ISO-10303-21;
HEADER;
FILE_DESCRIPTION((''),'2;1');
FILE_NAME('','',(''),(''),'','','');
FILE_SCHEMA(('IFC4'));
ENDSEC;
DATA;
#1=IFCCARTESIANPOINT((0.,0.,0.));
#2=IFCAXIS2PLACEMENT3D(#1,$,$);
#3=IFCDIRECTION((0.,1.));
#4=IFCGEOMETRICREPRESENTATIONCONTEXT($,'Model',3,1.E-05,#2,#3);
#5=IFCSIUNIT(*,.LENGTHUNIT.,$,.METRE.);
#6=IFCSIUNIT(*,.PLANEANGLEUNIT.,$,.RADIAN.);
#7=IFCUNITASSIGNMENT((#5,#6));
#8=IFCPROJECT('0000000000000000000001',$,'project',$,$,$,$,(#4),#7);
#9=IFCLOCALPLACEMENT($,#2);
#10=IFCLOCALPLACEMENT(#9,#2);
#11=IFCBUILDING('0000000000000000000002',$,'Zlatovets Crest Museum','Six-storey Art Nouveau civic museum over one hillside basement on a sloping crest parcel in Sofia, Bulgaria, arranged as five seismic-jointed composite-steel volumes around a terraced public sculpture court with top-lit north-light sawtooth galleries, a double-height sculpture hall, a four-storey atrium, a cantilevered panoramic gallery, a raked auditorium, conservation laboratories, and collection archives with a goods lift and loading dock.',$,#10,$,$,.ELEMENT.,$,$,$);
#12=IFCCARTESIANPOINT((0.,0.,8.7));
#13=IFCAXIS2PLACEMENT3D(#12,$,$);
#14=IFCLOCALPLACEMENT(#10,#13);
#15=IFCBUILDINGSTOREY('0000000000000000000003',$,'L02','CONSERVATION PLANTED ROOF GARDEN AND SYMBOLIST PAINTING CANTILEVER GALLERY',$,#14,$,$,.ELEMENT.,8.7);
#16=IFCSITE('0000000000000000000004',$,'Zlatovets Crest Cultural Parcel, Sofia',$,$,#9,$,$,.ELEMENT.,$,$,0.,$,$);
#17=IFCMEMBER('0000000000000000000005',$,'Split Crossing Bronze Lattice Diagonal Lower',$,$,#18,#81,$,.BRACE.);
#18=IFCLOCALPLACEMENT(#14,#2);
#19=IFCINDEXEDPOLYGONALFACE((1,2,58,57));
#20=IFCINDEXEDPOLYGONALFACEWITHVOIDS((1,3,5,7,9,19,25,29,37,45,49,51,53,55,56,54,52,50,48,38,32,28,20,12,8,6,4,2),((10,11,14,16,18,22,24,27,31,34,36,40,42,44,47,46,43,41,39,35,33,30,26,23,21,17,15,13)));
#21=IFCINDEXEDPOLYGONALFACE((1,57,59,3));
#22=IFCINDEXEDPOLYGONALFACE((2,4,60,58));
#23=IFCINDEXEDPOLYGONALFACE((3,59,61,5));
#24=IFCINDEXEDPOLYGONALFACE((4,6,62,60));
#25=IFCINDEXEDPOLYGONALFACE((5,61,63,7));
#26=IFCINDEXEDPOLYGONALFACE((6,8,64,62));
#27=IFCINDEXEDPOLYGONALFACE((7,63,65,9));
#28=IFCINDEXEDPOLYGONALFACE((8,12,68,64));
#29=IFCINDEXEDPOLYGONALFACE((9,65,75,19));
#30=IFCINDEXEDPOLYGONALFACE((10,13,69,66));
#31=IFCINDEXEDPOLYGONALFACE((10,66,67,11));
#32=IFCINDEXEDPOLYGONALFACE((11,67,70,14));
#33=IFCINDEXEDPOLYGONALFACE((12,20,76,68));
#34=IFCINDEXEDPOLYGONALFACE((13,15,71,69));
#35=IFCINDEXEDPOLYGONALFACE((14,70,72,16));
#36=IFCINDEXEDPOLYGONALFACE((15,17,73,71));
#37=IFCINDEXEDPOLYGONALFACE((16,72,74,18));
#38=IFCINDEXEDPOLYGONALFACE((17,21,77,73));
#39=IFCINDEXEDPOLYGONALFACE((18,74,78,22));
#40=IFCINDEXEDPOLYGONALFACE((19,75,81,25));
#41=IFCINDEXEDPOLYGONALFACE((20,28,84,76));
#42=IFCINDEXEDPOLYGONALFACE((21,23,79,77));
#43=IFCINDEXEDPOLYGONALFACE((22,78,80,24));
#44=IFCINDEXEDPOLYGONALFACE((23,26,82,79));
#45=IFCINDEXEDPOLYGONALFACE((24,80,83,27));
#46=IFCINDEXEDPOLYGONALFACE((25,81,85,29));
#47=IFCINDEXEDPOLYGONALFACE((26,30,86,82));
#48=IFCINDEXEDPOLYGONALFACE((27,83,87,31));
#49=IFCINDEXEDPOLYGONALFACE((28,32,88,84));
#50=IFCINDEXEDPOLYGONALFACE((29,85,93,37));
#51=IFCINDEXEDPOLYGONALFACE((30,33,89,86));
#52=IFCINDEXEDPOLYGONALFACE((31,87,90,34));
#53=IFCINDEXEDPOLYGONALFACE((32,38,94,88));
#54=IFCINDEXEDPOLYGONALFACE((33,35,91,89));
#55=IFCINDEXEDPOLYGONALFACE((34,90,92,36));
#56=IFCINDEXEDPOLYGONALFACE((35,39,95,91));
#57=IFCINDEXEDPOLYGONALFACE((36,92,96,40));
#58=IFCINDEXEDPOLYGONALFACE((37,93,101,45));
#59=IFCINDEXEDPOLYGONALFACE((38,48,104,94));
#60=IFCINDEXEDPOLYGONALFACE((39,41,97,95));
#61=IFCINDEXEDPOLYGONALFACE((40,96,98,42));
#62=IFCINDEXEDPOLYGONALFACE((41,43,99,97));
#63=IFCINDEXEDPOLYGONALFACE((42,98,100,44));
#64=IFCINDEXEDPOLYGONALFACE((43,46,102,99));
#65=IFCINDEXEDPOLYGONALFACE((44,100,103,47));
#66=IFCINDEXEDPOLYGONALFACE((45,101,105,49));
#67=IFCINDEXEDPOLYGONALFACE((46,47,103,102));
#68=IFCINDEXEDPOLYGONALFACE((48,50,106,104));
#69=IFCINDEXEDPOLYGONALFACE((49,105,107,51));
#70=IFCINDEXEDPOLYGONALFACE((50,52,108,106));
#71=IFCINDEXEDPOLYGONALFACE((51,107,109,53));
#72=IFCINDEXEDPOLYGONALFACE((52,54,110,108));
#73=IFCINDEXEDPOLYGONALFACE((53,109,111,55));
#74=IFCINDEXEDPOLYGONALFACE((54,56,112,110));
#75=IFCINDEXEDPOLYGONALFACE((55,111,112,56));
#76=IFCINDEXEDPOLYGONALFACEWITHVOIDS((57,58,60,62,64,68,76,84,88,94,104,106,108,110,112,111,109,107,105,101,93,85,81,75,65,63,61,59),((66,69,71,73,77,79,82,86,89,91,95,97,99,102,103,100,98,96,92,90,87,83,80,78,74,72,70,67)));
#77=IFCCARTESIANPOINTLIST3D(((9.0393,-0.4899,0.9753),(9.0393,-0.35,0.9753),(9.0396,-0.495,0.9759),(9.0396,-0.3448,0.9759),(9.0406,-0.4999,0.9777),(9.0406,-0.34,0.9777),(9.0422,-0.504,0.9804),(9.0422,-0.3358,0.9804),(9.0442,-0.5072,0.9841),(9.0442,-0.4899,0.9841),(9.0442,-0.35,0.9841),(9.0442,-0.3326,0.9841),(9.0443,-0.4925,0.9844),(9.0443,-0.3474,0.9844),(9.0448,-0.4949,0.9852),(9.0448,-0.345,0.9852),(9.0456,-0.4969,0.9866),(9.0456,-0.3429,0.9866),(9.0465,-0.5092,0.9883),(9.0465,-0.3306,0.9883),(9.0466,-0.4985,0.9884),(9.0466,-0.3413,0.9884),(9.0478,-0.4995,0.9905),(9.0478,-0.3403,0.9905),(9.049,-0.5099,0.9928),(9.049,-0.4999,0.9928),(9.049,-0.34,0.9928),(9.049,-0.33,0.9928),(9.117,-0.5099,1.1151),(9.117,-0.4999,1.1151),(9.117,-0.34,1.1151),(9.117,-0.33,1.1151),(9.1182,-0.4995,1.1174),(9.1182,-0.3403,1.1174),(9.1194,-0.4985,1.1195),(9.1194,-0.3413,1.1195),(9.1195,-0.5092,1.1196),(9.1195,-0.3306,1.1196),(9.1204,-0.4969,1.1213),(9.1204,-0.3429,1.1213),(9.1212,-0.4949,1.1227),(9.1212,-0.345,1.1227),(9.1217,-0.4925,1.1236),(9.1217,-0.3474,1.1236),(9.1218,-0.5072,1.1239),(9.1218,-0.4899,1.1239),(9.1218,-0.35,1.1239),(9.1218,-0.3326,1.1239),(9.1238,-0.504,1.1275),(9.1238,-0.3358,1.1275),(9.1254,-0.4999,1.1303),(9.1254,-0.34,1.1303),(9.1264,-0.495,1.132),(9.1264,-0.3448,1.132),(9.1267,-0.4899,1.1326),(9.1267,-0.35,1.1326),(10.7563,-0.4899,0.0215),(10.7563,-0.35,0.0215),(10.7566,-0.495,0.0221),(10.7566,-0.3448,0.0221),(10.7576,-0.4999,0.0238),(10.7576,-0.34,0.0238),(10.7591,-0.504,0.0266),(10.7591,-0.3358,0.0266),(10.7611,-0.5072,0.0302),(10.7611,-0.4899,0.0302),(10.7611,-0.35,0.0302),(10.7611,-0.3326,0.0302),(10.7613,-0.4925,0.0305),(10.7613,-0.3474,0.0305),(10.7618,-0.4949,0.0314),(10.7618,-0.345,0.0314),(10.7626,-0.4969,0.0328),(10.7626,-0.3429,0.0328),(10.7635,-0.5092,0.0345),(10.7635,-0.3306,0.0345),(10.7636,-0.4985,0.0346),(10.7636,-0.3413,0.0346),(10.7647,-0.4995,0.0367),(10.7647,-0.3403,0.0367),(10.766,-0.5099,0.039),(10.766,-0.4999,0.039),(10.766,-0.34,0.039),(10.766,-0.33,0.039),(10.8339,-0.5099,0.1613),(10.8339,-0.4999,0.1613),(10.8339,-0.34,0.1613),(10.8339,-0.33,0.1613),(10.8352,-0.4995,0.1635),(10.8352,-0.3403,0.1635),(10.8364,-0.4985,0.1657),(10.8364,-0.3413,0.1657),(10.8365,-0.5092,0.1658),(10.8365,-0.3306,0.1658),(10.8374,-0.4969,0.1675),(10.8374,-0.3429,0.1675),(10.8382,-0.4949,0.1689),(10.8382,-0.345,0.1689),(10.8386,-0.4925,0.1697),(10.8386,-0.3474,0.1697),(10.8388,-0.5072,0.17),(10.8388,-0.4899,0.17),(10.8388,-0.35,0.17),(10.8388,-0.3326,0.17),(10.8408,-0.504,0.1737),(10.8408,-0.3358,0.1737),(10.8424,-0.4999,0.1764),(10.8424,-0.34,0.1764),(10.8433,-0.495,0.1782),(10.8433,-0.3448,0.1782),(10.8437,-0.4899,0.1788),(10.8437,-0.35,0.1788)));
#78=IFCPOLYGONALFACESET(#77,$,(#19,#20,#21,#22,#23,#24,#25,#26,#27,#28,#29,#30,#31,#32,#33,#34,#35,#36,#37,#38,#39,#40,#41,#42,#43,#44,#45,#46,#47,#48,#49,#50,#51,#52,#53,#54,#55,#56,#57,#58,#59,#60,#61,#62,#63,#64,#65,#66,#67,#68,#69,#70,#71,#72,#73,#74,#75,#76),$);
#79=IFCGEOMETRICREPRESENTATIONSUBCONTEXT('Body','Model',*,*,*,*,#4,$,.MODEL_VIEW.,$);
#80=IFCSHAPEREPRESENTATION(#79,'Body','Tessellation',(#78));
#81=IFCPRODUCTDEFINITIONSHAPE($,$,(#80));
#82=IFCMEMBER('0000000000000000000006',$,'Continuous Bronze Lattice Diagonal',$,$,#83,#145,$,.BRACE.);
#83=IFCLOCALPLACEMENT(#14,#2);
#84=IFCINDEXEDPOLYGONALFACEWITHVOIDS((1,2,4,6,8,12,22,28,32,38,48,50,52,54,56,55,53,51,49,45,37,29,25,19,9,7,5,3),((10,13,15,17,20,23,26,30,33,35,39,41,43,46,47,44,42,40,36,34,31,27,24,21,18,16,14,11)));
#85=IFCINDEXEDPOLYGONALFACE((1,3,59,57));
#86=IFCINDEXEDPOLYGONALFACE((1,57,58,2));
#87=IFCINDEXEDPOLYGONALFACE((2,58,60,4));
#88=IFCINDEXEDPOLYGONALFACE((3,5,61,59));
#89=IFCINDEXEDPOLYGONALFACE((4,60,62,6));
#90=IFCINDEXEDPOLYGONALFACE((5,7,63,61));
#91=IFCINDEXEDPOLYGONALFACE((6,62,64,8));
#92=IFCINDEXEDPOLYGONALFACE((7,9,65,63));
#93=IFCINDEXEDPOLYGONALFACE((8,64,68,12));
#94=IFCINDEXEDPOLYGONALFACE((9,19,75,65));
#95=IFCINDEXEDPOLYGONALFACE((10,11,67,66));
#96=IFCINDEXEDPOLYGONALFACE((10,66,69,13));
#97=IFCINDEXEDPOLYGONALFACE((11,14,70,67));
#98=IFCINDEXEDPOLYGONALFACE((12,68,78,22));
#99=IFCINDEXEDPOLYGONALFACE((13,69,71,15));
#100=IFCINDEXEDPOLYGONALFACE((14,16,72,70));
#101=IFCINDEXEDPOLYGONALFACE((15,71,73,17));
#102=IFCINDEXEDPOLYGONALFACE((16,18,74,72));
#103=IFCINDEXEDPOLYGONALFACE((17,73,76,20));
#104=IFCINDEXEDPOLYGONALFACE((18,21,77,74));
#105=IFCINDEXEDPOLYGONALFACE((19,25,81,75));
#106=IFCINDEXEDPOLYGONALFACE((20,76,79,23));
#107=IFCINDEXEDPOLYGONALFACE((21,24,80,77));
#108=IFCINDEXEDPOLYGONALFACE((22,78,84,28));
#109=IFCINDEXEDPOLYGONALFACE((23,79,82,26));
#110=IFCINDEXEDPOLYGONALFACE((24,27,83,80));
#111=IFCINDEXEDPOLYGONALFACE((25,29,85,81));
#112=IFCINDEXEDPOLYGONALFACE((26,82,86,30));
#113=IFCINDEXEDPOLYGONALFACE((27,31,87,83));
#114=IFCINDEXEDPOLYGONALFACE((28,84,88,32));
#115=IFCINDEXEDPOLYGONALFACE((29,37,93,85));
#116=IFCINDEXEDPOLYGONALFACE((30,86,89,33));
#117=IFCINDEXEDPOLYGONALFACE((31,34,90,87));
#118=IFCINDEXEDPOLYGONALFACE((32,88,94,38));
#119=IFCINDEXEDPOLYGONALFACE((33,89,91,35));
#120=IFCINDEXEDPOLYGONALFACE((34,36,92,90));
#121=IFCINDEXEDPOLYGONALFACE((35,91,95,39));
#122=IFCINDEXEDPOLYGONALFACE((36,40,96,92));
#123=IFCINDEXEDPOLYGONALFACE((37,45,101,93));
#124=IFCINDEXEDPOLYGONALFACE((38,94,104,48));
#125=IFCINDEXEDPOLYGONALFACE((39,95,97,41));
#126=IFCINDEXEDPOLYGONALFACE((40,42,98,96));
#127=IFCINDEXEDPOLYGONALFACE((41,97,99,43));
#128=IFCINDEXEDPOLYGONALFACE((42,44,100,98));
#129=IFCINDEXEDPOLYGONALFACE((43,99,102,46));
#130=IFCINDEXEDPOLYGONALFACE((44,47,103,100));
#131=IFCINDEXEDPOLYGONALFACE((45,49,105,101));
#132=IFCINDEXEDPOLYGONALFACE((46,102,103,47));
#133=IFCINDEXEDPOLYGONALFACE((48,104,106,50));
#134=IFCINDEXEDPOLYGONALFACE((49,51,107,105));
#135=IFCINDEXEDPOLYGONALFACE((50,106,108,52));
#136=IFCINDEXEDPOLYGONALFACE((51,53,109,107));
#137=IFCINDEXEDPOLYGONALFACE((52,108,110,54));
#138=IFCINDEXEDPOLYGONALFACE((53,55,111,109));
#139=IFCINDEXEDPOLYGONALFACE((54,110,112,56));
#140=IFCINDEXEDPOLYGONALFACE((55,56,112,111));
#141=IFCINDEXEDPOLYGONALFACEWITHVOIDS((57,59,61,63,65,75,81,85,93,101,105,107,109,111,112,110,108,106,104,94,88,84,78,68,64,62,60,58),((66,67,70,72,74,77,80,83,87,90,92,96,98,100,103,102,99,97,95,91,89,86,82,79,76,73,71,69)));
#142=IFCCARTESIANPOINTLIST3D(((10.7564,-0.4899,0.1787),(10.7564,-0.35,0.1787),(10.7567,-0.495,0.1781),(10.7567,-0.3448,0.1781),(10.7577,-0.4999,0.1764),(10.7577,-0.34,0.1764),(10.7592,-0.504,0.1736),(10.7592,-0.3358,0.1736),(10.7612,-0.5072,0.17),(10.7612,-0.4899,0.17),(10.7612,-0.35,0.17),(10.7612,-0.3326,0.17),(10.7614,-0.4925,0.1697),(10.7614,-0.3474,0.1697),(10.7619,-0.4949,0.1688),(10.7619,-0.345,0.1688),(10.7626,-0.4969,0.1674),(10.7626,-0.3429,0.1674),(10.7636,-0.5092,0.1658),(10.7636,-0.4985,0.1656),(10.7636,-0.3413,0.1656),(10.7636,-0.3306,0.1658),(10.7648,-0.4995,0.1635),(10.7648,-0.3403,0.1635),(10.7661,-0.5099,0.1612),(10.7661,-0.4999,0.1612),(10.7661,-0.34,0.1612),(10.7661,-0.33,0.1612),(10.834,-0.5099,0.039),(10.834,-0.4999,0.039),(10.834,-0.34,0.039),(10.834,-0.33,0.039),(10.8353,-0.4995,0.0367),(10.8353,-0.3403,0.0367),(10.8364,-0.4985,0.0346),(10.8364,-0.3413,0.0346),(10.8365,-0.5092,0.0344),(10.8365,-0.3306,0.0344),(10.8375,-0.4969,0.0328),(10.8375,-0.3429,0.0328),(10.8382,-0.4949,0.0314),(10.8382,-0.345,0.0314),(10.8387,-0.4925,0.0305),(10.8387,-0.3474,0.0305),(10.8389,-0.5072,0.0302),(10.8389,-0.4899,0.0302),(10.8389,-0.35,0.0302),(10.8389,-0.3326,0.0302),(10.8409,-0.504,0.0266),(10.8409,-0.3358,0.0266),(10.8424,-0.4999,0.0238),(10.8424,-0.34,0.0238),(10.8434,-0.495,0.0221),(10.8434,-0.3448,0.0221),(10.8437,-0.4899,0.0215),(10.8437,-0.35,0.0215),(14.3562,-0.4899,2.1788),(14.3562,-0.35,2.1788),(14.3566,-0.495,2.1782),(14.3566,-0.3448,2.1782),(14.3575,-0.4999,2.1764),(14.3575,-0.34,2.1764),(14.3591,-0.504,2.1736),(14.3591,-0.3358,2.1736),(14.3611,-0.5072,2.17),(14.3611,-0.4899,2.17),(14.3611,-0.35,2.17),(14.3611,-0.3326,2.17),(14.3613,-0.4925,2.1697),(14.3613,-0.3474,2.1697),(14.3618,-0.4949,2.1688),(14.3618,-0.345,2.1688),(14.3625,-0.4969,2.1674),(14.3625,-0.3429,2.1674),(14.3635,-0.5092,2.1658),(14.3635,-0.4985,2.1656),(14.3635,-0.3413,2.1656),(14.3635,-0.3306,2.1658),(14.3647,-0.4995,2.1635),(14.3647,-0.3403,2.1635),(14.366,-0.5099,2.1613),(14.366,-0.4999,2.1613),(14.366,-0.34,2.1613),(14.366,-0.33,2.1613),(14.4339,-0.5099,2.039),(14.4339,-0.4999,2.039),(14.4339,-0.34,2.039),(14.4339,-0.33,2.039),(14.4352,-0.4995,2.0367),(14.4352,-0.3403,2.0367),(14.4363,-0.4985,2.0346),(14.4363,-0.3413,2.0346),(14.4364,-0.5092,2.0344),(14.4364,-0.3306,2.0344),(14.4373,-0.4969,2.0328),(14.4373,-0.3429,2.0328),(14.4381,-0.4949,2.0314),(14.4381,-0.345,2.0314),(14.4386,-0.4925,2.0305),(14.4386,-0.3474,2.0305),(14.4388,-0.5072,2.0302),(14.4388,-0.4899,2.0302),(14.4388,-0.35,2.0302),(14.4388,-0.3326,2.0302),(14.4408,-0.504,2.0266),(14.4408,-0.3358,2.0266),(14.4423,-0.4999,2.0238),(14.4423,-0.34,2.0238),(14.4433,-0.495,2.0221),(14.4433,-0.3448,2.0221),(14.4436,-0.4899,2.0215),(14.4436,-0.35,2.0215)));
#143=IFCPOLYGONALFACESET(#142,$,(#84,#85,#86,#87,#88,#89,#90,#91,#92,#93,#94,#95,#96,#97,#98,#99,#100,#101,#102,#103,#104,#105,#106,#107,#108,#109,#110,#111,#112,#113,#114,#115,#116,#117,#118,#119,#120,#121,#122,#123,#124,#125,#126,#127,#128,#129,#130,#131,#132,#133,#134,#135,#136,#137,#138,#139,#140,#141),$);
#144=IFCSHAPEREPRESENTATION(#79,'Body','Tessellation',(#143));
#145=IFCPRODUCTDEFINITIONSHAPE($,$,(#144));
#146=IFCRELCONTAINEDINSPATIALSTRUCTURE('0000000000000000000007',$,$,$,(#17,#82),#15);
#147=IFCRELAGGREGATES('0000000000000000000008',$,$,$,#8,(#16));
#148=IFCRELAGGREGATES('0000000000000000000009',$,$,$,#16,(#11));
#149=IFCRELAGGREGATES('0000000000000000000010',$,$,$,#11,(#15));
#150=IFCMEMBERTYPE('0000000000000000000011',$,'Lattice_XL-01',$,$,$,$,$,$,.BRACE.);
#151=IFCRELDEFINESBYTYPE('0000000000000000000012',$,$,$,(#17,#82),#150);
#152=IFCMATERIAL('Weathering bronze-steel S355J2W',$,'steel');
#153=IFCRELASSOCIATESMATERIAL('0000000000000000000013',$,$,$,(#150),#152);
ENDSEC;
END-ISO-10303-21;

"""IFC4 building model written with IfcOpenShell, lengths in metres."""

from ifc_helpers import new_model, si_unit, direction, frame, origin, origin_2d, place, context, subcontext, project, spatial, hollow_rectangle, extrude, material, material_profile, profile_set, type_object, element, save


model = new_model("IFC4")

# Units and contexts
model_context = context("Model", 3, precision=1e-05, world=origin(), true_north=direction((0.0, 1.0)))
body_context = subcontext(model_context, "Body", "Model", "MODEL_VIEW")
ifc_project = project(units=[si_unit("LENGTHUNIT", "METRE"), si_unit("PLANEANGLEUNIT", "RADIAN")], contexts=[model_context])

# Site, building, storey
site_placement = place(None, origin())
site = spatial("IfcSite", under=ifc_project, at=site_placement, Name="Zlatovets Crest Cultural Parcel, Sofia", CompositionType="ELEMENT", RefElevation=0.0)
building_placement = place(site_placement, origin())
building = spatial("IfcBuilding", under=site, at=building_placement, Name="Zlatovets Crest Museum", Description="Six-storey Art Nouveau civic museum over one hillside basement on a sloping crest parcel in Sofia, Bulgaria, arranged as five seismic-jointed composite-steel volumes around a terraced public sculpture court with top-lit north-light sawtooth galleries, a double-height sculpture hall, a four-storey atrium, a cantilevered panoramic gallery, a raked auditorium, conservation laboratories, and collection archives with a goods lift and loading dock.", CompositionType="ELEMENT")
storey_placement = place(building_placement, frame((0.0, 0.0, 8.7)))
storey = spatial("IfcBuildingStorey", under=building, at=storey_placement, Name="L02", Description="CONSERVATION PLANTED ROOF GARDEN AND SYMBOLIST PAINTING CANTILEVER GALLERY", CompositionType="ELEMENT", Elevation=8.7)

# Members
ifc_material_1 = material(Name="Weathering bronze-steel S355J2W", Category="steel")
ifc_material_profile_1 = material_profile(ifc_material_1, hollow_rectangle(XDim=0.1799, YDim=0.1799, WallThickness=0.01, InnerFilletRadius=0.01, OuterFilletRadius=0.02, at=origin_2d()), Name="SHS 180x180x10.0")
ifc_profile_set_1 = profile_set([ifc_material_profile_1], Name="Weathering bronze-steel S355J2W")
member_type_1 = type_object("IfcMemberType", Name="Lattice_XL-01", PredefinedType="BRACE", material=ifc_profile_set_1)
for number, where, z_axis, x_axis, name in (
    (1, (9.083, -0.4199, 1.054), (0.874169, 0.0, -0.485622), (0.0, 1.0, 0.0), "Split Crossing Bronze Lattice Diagonal Lower"),
):
    element("IfcMember", number, at=place(storey_placement, frame(where, z_axis=z_axis, x_axis=x_axis)), inside=storey, type_object=member_type_1, Name=name, PredefinedType="BRACE", context=body_context, shape_type="SweptSolid", body=[
        extrude(hollow_rectangle(XDim=0.1799, YDim=0.1799, WallThickness=0.01, InnerFilletRadius=0.01, OuterFilletRadius=0.02, at=origin_2d()), origin(), (0.0, 0.0, 1.0), 1.9641),
    ])
member_1_placement = place(storey_placement, frame((10.8, -0.4199, 0.1001), z_axis=(0.874149, 0.0, 0.485658), x_axis=(0.0, 1.0, 0.0)))
element("IfcMember", 2, at=member_1_placement, inside=storey, type_object=member_type_1, Name="Continuous Bronze Lattice Diagonal", PredefinedType="BRACE", context=body_context, shape_type="SweptSolid", body=[
    extrude(hollow_rectangle(XDim=0.1799, YDim=0.1799, WallThickness=0.01, InnerFilletRadius=0.01, OuterFilletRadius=0.02, at=origin_2d()), origin(), (0.0, 0.0, 1.0), 4.1182),
])

save(model, "model.ifc")
